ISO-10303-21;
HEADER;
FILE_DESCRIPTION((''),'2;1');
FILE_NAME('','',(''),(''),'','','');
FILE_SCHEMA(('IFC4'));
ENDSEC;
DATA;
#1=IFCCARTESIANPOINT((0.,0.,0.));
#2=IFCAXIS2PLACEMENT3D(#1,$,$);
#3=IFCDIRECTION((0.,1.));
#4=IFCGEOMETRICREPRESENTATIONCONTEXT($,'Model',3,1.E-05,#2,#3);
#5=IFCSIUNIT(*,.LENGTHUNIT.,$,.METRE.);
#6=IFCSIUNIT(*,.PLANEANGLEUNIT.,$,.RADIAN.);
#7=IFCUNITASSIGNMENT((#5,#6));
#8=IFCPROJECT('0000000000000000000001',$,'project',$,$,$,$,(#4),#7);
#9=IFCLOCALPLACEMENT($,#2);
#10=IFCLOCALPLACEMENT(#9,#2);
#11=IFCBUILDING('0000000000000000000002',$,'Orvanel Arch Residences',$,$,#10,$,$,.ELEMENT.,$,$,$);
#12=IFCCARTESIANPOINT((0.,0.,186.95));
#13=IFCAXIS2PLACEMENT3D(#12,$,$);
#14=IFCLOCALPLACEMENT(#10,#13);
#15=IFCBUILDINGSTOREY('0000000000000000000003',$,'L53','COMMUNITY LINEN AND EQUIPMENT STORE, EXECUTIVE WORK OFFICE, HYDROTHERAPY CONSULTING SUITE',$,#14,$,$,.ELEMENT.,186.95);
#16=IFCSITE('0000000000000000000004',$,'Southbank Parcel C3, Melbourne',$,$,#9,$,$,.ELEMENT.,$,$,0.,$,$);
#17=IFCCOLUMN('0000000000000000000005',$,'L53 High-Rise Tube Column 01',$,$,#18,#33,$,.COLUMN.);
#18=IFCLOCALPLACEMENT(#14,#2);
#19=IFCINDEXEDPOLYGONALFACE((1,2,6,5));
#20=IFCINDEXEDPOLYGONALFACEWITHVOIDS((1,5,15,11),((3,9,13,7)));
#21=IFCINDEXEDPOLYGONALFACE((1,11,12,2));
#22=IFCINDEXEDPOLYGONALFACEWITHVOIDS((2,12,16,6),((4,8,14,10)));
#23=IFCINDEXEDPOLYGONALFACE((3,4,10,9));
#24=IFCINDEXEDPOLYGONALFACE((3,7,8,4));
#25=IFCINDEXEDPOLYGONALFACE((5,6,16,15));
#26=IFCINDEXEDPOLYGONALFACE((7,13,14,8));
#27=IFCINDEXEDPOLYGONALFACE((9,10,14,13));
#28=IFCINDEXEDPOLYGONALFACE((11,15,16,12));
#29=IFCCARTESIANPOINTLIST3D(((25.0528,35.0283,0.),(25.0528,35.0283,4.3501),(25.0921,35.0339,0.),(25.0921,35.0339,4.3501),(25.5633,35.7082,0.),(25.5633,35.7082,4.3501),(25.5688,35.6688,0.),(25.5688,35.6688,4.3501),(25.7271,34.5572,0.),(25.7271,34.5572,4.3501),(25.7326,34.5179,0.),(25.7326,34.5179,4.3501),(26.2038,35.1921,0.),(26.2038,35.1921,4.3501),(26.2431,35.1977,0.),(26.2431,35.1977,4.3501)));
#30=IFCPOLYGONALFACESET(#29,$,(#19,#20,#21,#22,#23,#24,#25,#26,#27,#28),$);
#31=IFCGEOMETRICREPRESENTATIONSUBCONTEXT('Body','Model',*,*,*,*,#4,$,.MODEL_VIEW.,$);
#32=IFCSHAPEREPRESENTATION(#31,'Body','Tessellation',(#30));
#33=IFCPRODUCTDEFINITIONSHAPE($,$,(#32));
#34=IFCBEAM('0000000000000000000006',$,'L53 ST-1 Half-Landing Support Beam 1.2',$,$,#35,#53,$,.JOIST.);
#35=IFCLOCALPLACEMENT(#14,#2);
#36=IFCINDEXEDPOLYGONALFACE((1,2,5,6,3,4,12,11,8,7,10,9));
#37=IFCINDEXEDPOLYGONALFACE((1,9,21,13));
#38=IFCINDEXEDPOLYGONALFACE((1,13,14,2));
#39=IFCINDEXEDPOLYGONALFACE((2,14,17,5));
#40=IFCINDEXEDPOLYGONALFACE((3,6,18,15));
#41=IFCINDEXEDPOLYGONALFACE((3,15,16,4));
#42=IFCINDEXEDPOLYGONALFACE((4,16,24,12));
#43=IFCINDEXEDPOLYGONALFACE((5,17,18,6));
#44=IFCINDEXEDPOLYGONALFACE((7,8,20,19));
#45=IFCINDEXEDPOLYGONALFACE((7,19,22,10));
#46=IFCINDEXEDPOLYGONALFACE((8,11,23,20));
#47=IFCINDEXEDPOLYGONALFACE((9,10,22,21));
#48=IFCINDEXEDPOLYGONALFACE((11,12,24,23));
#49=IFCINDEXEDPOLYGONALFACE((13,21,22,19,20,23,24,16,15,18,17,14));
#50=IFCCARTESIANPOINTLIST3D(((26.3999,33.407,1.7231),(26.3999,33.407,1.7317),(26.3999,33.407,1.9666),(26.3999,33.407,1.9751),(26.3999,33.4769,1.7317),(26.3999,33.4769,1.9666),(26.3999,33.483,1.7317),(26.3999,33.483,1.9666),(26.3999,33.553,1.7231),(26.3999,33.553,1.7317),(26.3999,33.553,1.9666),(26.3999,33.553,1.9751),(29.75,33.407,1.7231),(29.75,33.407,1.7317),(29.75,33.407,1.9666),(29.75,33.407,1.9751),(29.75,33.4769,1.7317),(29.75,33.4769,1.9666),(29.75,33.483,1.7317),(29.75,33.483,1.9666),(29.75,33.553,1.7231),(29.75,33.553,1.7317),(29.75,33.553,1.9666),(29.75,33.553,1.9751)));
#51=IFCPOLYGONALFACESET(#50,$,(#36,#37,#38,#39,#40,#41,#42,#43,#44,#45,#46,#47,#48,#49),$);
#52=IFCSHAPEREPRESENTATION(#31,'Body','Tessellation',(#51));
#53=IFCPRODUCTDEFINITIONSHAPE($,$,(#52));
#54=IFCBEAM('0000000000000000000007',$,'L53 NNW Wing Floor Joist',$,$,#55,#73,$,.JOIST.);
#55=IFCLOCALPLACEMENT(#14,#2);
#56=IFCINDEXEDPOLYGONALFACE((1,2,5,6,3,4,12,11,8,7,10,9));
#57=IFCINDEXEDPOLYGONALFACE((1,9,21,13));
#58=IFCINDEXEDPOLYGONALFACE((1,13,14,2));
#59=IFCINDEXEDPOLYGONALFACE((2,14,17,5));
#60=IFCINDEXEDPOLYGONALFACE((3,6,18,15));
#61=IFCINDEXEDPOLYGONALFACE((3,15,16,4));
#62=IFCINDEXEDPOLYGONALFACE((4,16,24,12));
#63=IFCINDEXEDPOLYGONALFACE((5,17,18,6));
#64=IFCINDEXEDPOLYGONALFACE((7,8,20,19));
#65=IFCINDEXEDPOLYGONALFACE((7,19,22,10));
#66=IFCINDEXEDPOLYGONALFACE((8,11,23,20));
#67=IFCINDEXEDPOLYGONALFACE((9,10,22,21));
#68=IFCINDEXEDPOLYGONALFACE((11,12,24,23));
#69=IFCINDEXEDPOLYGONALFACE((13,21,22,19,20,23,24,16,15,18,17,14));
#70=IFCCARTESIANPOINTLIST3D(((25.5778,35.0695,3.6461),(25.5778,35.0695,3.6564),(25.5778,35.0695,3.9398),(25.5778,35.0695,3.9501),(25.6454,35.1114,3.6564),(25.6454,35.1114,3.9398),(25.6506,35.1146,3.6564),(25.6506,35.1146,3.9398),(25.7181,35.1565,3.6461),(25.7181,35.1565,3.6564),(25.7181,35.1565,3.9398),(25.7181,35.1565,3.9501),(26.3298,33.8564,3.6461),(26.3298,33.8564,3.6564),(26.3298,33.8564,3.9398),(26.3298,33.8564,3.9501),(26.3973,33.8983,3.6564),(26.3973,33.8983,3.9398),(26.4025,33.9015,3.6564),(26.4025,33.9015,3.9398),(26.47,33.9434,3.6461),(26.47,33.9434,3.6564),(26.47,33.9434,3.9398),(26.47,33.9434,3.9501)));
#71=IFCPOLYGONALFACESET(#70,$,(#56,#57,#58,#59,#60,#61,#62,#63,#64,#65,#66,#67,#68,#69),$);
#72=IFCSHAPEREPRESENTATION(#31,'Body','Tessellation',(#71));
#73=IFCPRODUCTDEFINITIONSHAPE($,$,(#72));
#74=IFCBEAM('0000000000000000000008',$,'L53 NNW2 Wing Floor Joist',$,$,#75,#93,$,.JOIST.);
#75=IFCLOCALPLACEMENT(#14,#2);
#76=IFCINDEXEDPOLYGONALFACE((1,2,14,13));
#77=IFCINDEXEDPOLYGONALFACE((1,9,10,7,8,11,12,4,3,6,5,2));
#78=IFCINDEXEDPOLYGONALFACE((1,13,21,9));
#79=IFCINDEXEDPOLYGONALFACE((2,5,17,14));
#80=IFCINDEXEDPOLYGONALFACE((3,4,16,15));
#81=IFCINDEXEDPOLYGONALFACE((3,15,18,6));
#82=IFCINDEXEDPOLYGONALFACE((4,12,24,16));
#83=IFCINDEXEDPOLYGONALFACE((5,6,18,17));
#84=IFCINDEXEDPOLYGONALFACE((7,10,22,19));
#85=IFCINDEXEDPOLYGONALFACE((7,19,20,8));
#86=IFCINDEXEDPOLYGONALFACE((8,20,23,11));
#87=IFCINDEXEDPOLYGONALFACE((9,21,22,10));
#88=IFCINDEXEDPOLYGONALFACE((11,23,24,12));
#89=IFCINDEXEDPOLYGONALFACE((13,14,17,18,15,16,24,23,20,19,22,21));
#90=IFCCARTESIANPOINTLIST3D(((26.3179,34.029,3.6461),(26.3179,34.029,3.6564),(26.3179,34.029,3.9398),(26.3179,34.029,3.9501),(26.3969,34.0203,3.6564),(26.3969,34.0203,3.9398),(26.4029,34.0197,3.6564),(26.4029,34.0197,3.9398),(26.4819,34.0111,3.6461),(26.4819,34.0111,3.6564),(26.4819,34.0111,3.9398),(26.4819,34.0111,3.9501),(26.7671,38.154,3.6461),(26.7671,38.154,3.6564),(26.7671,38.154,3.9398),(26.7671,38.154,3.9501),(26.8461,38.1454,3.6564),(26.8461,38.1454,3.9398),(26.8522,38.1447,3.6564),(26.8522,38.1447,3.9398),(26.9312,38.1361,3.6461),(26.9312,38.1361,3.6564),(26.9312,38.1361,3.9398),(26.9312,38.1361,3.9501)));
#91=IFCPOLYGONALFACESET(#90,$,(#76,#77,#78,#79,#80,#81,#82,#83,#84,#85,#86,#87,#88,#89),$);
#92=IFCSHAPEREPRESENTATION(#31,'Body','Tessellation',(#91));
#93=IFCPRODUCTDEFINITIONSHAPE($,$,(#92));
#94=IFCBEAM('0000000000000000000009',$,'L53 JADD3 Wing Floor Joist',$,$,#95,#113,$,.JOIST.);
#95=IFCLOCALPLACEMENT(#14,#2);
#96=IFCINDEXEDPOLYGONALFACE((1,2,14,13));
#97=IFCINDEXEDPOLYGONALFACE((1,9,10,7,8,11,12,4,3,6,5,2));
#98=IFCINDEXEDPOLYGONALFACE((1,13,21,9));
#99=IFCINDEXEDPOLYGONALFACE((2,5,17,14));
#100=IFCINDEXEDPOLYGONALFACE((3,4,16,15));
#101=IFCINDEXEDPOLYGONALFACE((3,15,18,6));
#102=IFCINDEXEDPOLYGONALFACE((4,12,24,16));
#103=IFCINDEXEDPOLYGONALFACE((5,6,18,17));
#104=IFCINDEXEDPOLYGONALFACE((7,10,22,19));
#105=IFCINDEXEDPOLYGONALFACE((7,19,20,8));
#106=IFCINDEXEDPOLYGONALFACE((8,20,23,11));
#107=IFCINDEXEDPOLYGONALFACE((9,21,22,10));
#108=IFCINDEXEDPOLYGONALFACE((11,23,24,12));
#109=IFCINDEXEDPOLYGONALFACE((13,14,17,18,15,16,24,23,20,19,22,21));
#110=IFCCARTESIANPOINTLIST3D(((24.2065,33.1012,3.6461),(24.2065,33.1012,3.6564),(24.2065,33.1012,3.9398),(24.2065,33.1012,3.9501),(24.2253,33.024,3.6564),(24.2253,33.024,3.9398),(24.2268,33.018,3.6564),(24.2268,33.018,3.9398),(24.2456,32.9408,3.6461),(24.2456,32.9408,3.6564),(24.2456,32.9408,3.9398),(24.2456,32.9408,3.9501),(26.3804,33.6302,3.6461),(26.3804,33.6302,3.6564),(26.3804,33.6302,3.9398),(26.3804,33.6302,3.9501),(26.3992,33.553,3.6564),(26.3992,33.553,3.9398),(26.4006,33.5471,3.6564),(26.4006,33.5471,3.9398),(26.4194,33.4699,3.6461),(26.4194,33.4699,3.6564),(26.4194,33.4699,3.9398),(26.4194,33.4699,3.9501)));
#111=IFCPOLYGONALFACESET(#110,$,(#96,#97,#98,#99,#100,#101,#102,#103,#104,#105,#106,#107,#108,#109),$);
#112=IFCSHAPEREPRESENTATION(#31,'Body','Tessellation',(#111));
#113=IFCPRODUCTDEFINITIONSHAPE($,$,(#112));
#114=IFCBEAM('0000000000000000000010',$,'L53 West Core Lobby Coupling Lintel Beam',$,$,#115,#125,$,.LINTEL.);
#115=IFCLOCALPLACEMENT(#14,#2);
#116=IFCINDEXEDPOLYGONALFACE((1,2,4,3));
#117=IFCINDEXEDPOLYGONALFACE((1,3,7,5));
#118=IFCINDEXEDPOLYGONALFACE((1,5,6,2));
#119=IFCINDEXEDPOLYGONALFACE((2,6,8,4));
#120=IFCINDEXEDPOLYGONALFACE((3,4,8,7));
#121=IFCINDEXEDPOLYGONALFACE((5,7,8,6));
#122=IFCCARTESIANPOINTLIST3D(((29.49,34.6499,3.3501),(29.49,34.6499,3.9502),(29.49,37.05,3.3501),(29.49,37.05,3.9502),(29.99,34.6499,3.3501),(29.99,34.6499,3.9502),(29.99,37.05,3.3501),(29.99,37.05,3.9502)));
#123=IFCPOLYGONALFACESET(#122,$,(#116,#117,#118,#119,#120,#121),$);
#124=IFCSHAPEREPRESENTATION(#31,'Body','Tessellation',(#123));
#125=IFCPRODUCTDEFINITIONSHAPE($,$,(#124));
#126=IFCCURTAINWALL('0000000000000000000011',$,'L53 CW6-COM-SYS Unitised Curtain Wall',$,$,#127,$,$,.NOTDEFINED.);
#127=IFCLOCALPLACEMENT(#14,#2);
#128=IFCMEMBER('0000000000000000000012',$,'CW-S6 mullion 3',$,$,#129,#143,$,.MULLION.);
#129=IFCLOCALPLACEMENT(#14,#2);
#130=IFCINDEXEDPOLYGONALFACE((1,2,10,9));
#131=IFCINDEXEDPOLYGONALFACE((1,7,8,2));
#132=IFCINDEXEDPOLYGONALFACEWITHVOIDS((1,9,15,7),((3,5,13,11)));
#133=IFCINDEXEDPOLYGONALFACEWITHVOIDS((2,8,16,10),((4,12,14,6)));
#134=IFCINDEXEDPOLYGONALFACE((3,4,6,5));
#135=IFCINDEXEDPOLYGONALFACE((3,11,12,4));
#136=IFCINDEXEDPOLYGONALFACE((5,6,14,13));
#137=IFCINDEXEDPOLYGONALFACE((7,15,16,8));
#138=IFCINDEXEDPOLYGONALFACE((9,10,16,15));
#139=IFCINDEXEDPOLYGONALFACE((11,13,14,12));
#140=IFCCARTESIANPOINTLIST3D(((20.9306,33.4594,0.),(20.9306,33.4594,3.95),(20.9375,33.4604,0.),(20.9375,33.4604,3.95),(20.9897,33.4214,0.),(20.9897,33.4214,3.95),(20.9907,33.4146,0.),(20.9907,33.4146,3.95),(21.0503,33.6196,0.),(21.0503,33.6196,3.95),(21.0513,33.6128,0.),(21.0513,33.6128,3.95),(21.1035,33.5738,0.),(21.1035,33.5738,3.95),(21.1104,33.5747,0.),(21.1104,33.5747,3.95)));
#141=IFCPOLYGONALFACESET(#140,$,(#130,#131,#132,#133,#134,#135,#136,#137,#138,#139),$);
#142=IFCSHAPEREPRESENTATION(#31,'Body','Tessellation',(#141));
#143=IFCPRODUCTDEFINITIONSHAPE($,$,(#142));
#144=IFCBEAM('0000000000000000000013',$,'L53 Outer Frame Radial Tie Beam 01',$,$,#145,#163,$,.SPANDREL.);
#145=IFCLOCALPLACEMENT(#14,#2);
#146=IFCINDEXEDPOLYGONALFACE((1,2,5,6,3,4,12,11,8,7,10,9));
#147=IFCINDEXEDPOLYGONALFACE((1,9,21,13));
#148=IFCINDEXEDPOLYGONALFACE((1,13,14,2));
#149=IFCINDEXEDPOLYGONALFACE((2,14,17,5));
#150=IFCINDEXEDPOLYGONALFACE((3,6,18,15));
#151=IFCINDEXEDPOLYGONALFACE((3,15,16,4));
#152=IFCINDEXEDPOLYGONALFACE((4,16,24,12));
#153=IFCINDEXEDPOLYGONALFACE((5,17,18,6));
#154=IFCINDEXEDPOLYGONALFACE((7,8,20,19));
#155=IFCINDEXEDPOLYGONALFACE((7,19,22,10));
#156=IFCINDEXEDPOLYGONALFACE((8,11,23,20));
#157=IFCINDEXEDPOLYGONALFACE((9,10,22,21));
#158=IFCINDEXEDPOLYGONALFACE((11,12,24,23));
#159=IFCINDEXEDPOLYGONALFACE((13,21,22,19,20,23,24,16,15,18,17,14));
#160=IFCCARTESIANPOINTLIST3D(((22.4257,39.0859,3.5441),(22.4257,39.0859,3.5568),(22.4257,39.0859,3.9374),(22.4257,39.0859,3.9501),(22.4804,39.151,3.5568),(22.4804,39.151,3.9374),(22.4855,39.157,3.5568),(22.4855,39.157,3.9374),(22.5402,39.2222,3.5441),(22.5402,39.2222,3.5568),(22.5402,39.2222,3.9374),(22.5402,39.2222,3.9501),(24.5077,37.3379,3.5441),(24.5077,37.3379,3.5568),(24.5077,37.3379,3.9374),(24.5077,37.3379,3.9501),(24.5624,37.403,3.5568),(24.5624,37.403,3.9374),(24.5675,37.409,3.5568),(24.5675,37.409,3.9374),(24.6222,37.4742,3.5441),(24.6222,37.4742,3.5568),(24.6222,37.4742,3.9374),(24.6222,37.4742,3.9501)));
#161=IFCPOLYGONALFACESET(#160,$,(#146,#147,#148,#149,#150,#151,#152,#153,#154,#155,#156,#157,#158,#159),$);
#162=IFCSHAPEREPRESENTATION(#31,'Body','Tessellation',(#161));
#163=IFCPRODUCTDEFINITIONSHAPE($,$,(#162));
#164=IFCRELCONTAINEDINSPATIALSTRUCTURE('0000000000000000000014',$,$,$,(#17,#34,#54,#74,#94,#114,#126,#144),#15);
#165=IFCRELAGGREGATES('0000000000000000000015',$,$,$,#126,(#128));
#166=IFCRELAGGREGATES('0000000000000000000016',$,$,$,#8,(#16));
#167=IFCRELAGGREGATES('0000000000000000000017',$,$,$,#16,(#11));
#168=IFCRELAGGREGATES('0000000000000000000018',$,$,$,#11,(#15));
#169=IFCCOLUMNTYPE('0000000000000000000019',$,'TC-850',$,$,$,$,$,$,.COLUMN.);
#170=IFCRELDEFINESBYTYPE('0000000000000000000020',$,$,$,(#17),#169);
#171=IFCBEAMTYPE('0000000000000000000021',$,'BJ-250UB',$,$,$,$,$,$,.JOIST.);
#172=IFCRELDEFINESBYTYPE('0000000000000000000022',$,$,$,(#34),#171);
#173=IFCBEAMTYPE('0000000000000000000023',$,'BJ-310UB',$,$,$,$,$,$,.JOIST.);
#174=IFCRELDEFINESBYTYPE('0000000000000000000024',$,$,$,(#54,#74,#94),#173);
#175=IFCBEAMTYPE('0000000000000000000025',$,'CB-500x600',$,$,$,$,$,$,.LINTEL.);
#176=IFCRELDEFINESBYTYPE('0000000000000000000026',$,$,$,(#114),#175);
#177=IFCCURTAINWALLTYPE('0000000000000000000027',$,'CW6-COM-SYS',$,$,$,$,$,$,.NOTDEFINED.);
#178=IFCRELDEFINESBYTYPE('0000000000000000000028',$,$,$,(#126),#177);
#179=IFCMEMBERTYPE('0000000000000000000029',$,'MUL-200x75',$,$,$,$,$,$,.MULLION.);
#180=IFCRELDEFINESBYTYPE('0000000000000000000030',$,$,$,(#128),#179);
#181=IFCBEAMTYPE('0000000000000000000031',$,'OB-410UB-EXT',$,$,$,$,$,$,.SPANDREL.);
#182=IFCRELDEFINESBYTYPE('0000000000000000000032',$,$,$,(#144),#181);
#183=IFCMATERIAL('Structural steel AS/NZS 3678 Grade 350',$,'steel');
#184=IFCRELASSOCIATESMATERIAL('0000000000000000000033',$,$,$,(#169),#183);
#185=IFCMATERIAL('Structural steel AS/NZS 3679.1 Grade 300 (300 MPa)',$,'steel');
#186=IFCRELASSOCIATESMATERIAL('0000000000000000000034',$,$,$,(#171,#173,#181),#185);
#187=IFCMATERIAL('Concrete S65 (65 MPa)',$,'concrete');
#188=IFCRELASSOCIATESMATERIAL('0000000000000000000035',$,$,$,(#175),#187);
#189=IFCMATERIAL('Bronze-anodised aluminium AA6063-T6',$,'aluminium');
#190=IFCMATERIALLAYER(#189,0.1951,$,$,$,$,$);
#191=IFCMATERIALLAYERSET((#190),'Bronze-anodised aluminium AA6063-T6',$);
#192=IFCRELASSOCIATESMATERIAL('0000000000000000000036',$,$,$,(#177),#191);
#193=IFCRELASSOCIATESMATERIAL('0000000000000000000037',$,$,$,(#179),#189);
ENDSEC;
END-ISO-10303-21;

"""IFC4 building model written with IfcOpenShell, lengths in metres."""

from ifc_helpers import new_model, si_unit, direction, frame, origin, origin_2d, place, context, subcontext, project, spatial, rectangle, hollow_rectangle, i_section, extrude, material, layer, layer_set, material_profile, profile_set, type_object, element, aggregate, save


model = new_model("IFC4")

# Units and contexts
model_context = context("Model", 3, precision=1e-05, world=origin(), true_north=direction((0.0, 1.0)))
body_context = subcontext(model_context, "Body", "Model", "MODEL_VIEW")
ifc_project = project(units=[si_unit("LENGTHUNIT", "METRE"), si_unit("PLANEANGLEUNIT", "RADIAN")], contexts=[model_context])

# Site, building, storey
site_placement = place(None, origin())
site = spatial("IfcSite", under=ifc_project, at=site_placement, Name="Southbank Parcel C3, Melbourne", CompositionType="ELEMENT", RefElevation=0.0)
building_placement = place(site_placement, origin())
building = spatial("IfcBuilding", under=site, at=building_placement, Name="Orvanel Arch Residences", CompositionType="ELEMENT")
storey_placement = place(building_placement, frame((0.0, 0.0, 186.95)))
storey = spatial("IfcBuildingStorey", under=building, at=storey_placement, Name="L53", Description="COMMUNITY LINEN AND EQUIPMENT STORE, EXECUTIVE WORK OFFICE, HYDROTHERAPY CONSULTING SUITE", CompositionType="ELEMENT", Elevation=186.95)

# Column
ifc_material_1 = material(Name="Structural steel AS/NZS 3678 Grade 350", Category="steel")
ifc_material_profile_1 = material_profile(ifc_material_1, hollow_rectangle(XDim=0.8501, YDim=0.8501, WallThickness=0.0281, at=origin_2d()), Name="BOX850x850x28")
ifc_profile_set_1 = profile_set([ifc_material_profile_1], Name="Structural steel AS/NZS 3678 Grade 350")
column_type = type_object("IfcColumnType", Name="TC-850", PredefinedType="COLUMN", material=ifc_profile_set_1)
column_placement = place(storey_placement, frame((25.6479, 35.113, 0.0), z_axis=(0.0, 0.0, 1.0), x_axis=(0.60042, 0.799685, 0.0)))
element("IfcColumn", 1, at=column_placement, inside=storey, type_object=column_type, Name="L53 High-Rise Tube Column 01", PredefinedType="COLUMN", context=body_context, shape_type="SweptSolid", body=[
    extrude(hollow_rectangle(XDim=0.8501, YDim=0.8501, WallThickness=0.0281, at=origin_2d()), origin(), (0.0, 0.0, 1.0), 4.3501),
])

# Beams
ifc_material_2 = material(Name="Structural steel AS/NZS 3679.1 Grade 300 (300 MPa)", Category="steel")
ifc_material_profile_2 = material_profile(ifc_material_2, i_section(OverallWidth=0.146, OverallDepth=0.252, WebThickness=0.0061, FlangeThickness=0.0085, at=origin_2d()), Name="250UB31.4")
ifc_profile_set_2 = profile_set([ifc_material_profile_2], Name="Structural steel AS/NZS 3679.1 Grade 300 (300 MPa)")
beam_type_1 = type_object("IfcBeamType", Name="BJ-250UB", PredefinedType="JOIST", material=ifc_profile_set_2)
beam_1_placement = place(storey_placement, frame((26.3999, 33.48, 1.8491), z_axis=(1.0, 0.0, 0.0), x_axis=(0.0, 1.0, 0.0)))
element("IfcBeam", 2, at=beam_1_placement, inside=storey, type_object=beam_type_1, Name="L53 ST-1 Half-Landing Support Beam 1.2", PredefinedType="JOIST", context=body_context, shape_type="SweptSolid", body=[
    extrude(i_section(OverallWidth=0.146, OverallDepth=0.252, WebThickness=0.0061, FlangeThickness=0.0085, at=origin_2d()), origin(), (0.0, 0.0, 1.0), 3.3501),
])
ifc_material_profile_3 = material_profile(ifc_material_2, i_section(OverallWidth=0.165, OverallDepth=0.304, WebThickness=0.0061, FlangeThickness=0.0103, at=origin_2d()), Name="310UB40.4")
ifc_profile_set_3 = profile_set([ifc_material_profile_3], Name="Structural steel AS/NZS 3679.1 Grade 300 (300 MPa)")
beam_type_2 = type_object("IfcBeamType", Name="BJ-310UB", PredefinedType="JOIST", material=ifc_profile_set_3)
beam_2_placement = place(storey_placement, frame((26.3999, 33.8999, 3.7981), z_axis=(-0.526843, 0.849962, 0.0), x_axis=(-0.849962, -0.526843, 0.0)))
element("IfcBeam", 3, at=beam_2_placement, inside=storey, type_object=beam_type_2, Name="L53 NNW Wing Floor Joist", PredefinedType="JOIST", context=body_context, shape_type="SweptSolid", body=[
    extrude(i_section(OverallWidth=0.165, OverallDepth=0.304, WebThickness=0.0061, FlangeThickness=0.0103, at=origin_2d()), origin(), (0.0, 0.0, 1.0), 1.4272),
])
beam_3_placement = place(storey_placement, frame((26.3999, 34.02, 3.7981), z_axis=(0.108261, 0.994122, 0.0), x_axis=(-0.994122, 0.108261, 0.0)))
element("IfcBeam", 4, at=beam_3_placement, inside=storey, type_object=beam_type_2, Name="L53 NNW2 Wing Floor Joist", PredefinedType="JOIST", context=body_context, shape_type="SweptSolid", body=[
    extrude(i_section(OverallWidth=0.165, OverallDepth=0.304, WebThickness=0.0061, FlangeThickness=0.0103, at=origin_2d()), origin(), (0.0, 0.0, 1.0), 4.1494),
])
beam_4_placement = place(storey_placement, frame((26.3999, 33.55, 3.7981), z_axis=(-0.971638, -0.236471, 0.0), x_axis=(0.236471, -0.971638, 0.0)))
element("IfcBeam", 5, at=beam_4_placement, inside=storey, type_object=beam_type_2, Name="L53 JADD3 Wing Floor Joist", PredefinedType="JOIST", context=body_context, shape_type="SweptSolid", body=[
    extrude(i_section(OverallWidth=0.165, OverallDepth=0.304, WebThickness=0.0061, FlangeThickness=0.0103, at=origin_2d()), origin(), (0.0, 0.0, 1.0), 2.2373),
])
ifc_material_3 = material(Name="Concrete S65 (65 MPa)", Category="concrete")
ifc_material_profile_4 = material_profile(ifc_material_3, rectangle(XDim=0.5, YDim=0.6001, at=origin_2d()), Name="RC500x600")
ifc_profile_set_4 = profile_set([ifc_material_profile_4], Name="Concrete S65 (65 MPa)")
beam_type_3 = type_object("IfcBeamType", Name="CB-500x600", PredefinedType="LINTEL", material=ifc_profile_set_4)
beam_5_placement = place(storey_placement, frame((29.74, 34.6499, 3.6501), z_axis=(0.0, 1.0, 0.0), x_axis=(-1.0, 0.0, 0.0)))
element("IfcBeam", 6, at=beam_5_placement, inside=storey, type_object=beam_type_3, Name="L53 West Core Lobby Coupling Lintel Beam", PredefinedType="LINTEL", context=body_context, shape_type="SweptSolid", body=[
    extrude(rectangle(XDim=0.5, YDim=0.6001, at=origin_2d()), origin(), (0.0, 0.0, 1.0), 2.4001),
])

# Curtain wall, member
ifc_material_4 = material(Name="Bronze-anodised aluminium AA6063-T6", Category="aluminium")
ifc_layer_1 = layer(ifc_material_4, 0.1951)
ifc_layer_set_1 = layer_set([ifc_layer_1], Name="Bronze-anodised aluminium AA6063-T6")
curtain_wall_type = type_object("IfcCurtainWallType", Name="CW6-COM-SYS", PredefinedType="NOTDEFINED", material=ifc_layer_set_1)
curtain_wall_placement = place(storey_placement, origin())
curtain_wall = element("IfcCurtainWall", 7, at=curtain_wall_placement, inside=storey, type_object=curtain_wall_type, Name="L53 CW6-COM-SYS Unitised Curtain Wall", PredefinedType="NOTDEFINED")
ifc_material_profile_5 = material_profile(ifc_material_4, hollow_rectangle(XDim=0.075, YDim=0.2, WallThickness=0.0049, at=origin_2d()), Name="ALU200x75x5")
ifc_profile_set_5 = profile_set([ifc_material_profile_5], Name="Bronze-anodised aluminium AA6063-T6")
member_type_1 = type_object("IfcMemberType", Name="MUL-200x75", PredefinedType="MULLION", material=ifc_profile_set_5)
member_1_placement = place(storey_placement, frame((21.0205, 33.5171, 0.0), z_axis=(0.0, 0.0, 1.0), x_axis=(0.801034, -0.598619, 0.0)))
member_1 = element("IfcMember", 8, at=member_1_placement, type_object=member_type_1, Name="CW-S6 mullion 3", PredefinedType="MULLION", context=body_context, shape_type="SweptSolid", body=[
    extrude(hollow_rectangle(XDim=0.075, YDim=0.2, WallThickness=0.0049, at=origin_2d()), origin(), (0.0, 0.0, 1.0), 3.95),
])

# Beam
ifc_material_profile_6 = material_profile(ifc_material_2, i_section(OverallWidth=0.178, OverallDepth=0.406, WebThickness=0.0078, FlangeThickness=0.0127, at=origin_2d()), Name="410UB59.7")
ifc_profile_set_6 = profile_set([ifc_material_profile_6], Name="Structural steel AS/NZS 3679.1 Grade 300 (300 MPa)")
beam_type_4 = type_object("IfcBeamType", Name="OB-410UB-EXT", PredefinedType="SPANDREL", material=ifc_profile_set_6)
beam_6_placement = place(storey_placement, frame((24.5649, 37.406, 3.7471), z_axis=(-0.765861, 0.643007, 0.0), x_axis=(-0.643007, -0.765861, 0.0)))
element("IfcBeam", 9, at=beam_6_placement, inside=storey, type_object=beam_type_4, Name="L53 Outer Frame Radial Tie Beam 01", PredefinedType="SPANDREL", context=body_context, shape_type="SweptSolid", body=[
    extrude(i_section(OverallWidth=0.178, OverallDepth=0.406, WebThickness=0.0078, FlangeThickness=0.0127, at=origin_2d()), origin(), (0.0, 0.0, 1.0), 2.7185),
])

aggregate(curtain_wall, [member_1])

save(model, "model.ifc")
